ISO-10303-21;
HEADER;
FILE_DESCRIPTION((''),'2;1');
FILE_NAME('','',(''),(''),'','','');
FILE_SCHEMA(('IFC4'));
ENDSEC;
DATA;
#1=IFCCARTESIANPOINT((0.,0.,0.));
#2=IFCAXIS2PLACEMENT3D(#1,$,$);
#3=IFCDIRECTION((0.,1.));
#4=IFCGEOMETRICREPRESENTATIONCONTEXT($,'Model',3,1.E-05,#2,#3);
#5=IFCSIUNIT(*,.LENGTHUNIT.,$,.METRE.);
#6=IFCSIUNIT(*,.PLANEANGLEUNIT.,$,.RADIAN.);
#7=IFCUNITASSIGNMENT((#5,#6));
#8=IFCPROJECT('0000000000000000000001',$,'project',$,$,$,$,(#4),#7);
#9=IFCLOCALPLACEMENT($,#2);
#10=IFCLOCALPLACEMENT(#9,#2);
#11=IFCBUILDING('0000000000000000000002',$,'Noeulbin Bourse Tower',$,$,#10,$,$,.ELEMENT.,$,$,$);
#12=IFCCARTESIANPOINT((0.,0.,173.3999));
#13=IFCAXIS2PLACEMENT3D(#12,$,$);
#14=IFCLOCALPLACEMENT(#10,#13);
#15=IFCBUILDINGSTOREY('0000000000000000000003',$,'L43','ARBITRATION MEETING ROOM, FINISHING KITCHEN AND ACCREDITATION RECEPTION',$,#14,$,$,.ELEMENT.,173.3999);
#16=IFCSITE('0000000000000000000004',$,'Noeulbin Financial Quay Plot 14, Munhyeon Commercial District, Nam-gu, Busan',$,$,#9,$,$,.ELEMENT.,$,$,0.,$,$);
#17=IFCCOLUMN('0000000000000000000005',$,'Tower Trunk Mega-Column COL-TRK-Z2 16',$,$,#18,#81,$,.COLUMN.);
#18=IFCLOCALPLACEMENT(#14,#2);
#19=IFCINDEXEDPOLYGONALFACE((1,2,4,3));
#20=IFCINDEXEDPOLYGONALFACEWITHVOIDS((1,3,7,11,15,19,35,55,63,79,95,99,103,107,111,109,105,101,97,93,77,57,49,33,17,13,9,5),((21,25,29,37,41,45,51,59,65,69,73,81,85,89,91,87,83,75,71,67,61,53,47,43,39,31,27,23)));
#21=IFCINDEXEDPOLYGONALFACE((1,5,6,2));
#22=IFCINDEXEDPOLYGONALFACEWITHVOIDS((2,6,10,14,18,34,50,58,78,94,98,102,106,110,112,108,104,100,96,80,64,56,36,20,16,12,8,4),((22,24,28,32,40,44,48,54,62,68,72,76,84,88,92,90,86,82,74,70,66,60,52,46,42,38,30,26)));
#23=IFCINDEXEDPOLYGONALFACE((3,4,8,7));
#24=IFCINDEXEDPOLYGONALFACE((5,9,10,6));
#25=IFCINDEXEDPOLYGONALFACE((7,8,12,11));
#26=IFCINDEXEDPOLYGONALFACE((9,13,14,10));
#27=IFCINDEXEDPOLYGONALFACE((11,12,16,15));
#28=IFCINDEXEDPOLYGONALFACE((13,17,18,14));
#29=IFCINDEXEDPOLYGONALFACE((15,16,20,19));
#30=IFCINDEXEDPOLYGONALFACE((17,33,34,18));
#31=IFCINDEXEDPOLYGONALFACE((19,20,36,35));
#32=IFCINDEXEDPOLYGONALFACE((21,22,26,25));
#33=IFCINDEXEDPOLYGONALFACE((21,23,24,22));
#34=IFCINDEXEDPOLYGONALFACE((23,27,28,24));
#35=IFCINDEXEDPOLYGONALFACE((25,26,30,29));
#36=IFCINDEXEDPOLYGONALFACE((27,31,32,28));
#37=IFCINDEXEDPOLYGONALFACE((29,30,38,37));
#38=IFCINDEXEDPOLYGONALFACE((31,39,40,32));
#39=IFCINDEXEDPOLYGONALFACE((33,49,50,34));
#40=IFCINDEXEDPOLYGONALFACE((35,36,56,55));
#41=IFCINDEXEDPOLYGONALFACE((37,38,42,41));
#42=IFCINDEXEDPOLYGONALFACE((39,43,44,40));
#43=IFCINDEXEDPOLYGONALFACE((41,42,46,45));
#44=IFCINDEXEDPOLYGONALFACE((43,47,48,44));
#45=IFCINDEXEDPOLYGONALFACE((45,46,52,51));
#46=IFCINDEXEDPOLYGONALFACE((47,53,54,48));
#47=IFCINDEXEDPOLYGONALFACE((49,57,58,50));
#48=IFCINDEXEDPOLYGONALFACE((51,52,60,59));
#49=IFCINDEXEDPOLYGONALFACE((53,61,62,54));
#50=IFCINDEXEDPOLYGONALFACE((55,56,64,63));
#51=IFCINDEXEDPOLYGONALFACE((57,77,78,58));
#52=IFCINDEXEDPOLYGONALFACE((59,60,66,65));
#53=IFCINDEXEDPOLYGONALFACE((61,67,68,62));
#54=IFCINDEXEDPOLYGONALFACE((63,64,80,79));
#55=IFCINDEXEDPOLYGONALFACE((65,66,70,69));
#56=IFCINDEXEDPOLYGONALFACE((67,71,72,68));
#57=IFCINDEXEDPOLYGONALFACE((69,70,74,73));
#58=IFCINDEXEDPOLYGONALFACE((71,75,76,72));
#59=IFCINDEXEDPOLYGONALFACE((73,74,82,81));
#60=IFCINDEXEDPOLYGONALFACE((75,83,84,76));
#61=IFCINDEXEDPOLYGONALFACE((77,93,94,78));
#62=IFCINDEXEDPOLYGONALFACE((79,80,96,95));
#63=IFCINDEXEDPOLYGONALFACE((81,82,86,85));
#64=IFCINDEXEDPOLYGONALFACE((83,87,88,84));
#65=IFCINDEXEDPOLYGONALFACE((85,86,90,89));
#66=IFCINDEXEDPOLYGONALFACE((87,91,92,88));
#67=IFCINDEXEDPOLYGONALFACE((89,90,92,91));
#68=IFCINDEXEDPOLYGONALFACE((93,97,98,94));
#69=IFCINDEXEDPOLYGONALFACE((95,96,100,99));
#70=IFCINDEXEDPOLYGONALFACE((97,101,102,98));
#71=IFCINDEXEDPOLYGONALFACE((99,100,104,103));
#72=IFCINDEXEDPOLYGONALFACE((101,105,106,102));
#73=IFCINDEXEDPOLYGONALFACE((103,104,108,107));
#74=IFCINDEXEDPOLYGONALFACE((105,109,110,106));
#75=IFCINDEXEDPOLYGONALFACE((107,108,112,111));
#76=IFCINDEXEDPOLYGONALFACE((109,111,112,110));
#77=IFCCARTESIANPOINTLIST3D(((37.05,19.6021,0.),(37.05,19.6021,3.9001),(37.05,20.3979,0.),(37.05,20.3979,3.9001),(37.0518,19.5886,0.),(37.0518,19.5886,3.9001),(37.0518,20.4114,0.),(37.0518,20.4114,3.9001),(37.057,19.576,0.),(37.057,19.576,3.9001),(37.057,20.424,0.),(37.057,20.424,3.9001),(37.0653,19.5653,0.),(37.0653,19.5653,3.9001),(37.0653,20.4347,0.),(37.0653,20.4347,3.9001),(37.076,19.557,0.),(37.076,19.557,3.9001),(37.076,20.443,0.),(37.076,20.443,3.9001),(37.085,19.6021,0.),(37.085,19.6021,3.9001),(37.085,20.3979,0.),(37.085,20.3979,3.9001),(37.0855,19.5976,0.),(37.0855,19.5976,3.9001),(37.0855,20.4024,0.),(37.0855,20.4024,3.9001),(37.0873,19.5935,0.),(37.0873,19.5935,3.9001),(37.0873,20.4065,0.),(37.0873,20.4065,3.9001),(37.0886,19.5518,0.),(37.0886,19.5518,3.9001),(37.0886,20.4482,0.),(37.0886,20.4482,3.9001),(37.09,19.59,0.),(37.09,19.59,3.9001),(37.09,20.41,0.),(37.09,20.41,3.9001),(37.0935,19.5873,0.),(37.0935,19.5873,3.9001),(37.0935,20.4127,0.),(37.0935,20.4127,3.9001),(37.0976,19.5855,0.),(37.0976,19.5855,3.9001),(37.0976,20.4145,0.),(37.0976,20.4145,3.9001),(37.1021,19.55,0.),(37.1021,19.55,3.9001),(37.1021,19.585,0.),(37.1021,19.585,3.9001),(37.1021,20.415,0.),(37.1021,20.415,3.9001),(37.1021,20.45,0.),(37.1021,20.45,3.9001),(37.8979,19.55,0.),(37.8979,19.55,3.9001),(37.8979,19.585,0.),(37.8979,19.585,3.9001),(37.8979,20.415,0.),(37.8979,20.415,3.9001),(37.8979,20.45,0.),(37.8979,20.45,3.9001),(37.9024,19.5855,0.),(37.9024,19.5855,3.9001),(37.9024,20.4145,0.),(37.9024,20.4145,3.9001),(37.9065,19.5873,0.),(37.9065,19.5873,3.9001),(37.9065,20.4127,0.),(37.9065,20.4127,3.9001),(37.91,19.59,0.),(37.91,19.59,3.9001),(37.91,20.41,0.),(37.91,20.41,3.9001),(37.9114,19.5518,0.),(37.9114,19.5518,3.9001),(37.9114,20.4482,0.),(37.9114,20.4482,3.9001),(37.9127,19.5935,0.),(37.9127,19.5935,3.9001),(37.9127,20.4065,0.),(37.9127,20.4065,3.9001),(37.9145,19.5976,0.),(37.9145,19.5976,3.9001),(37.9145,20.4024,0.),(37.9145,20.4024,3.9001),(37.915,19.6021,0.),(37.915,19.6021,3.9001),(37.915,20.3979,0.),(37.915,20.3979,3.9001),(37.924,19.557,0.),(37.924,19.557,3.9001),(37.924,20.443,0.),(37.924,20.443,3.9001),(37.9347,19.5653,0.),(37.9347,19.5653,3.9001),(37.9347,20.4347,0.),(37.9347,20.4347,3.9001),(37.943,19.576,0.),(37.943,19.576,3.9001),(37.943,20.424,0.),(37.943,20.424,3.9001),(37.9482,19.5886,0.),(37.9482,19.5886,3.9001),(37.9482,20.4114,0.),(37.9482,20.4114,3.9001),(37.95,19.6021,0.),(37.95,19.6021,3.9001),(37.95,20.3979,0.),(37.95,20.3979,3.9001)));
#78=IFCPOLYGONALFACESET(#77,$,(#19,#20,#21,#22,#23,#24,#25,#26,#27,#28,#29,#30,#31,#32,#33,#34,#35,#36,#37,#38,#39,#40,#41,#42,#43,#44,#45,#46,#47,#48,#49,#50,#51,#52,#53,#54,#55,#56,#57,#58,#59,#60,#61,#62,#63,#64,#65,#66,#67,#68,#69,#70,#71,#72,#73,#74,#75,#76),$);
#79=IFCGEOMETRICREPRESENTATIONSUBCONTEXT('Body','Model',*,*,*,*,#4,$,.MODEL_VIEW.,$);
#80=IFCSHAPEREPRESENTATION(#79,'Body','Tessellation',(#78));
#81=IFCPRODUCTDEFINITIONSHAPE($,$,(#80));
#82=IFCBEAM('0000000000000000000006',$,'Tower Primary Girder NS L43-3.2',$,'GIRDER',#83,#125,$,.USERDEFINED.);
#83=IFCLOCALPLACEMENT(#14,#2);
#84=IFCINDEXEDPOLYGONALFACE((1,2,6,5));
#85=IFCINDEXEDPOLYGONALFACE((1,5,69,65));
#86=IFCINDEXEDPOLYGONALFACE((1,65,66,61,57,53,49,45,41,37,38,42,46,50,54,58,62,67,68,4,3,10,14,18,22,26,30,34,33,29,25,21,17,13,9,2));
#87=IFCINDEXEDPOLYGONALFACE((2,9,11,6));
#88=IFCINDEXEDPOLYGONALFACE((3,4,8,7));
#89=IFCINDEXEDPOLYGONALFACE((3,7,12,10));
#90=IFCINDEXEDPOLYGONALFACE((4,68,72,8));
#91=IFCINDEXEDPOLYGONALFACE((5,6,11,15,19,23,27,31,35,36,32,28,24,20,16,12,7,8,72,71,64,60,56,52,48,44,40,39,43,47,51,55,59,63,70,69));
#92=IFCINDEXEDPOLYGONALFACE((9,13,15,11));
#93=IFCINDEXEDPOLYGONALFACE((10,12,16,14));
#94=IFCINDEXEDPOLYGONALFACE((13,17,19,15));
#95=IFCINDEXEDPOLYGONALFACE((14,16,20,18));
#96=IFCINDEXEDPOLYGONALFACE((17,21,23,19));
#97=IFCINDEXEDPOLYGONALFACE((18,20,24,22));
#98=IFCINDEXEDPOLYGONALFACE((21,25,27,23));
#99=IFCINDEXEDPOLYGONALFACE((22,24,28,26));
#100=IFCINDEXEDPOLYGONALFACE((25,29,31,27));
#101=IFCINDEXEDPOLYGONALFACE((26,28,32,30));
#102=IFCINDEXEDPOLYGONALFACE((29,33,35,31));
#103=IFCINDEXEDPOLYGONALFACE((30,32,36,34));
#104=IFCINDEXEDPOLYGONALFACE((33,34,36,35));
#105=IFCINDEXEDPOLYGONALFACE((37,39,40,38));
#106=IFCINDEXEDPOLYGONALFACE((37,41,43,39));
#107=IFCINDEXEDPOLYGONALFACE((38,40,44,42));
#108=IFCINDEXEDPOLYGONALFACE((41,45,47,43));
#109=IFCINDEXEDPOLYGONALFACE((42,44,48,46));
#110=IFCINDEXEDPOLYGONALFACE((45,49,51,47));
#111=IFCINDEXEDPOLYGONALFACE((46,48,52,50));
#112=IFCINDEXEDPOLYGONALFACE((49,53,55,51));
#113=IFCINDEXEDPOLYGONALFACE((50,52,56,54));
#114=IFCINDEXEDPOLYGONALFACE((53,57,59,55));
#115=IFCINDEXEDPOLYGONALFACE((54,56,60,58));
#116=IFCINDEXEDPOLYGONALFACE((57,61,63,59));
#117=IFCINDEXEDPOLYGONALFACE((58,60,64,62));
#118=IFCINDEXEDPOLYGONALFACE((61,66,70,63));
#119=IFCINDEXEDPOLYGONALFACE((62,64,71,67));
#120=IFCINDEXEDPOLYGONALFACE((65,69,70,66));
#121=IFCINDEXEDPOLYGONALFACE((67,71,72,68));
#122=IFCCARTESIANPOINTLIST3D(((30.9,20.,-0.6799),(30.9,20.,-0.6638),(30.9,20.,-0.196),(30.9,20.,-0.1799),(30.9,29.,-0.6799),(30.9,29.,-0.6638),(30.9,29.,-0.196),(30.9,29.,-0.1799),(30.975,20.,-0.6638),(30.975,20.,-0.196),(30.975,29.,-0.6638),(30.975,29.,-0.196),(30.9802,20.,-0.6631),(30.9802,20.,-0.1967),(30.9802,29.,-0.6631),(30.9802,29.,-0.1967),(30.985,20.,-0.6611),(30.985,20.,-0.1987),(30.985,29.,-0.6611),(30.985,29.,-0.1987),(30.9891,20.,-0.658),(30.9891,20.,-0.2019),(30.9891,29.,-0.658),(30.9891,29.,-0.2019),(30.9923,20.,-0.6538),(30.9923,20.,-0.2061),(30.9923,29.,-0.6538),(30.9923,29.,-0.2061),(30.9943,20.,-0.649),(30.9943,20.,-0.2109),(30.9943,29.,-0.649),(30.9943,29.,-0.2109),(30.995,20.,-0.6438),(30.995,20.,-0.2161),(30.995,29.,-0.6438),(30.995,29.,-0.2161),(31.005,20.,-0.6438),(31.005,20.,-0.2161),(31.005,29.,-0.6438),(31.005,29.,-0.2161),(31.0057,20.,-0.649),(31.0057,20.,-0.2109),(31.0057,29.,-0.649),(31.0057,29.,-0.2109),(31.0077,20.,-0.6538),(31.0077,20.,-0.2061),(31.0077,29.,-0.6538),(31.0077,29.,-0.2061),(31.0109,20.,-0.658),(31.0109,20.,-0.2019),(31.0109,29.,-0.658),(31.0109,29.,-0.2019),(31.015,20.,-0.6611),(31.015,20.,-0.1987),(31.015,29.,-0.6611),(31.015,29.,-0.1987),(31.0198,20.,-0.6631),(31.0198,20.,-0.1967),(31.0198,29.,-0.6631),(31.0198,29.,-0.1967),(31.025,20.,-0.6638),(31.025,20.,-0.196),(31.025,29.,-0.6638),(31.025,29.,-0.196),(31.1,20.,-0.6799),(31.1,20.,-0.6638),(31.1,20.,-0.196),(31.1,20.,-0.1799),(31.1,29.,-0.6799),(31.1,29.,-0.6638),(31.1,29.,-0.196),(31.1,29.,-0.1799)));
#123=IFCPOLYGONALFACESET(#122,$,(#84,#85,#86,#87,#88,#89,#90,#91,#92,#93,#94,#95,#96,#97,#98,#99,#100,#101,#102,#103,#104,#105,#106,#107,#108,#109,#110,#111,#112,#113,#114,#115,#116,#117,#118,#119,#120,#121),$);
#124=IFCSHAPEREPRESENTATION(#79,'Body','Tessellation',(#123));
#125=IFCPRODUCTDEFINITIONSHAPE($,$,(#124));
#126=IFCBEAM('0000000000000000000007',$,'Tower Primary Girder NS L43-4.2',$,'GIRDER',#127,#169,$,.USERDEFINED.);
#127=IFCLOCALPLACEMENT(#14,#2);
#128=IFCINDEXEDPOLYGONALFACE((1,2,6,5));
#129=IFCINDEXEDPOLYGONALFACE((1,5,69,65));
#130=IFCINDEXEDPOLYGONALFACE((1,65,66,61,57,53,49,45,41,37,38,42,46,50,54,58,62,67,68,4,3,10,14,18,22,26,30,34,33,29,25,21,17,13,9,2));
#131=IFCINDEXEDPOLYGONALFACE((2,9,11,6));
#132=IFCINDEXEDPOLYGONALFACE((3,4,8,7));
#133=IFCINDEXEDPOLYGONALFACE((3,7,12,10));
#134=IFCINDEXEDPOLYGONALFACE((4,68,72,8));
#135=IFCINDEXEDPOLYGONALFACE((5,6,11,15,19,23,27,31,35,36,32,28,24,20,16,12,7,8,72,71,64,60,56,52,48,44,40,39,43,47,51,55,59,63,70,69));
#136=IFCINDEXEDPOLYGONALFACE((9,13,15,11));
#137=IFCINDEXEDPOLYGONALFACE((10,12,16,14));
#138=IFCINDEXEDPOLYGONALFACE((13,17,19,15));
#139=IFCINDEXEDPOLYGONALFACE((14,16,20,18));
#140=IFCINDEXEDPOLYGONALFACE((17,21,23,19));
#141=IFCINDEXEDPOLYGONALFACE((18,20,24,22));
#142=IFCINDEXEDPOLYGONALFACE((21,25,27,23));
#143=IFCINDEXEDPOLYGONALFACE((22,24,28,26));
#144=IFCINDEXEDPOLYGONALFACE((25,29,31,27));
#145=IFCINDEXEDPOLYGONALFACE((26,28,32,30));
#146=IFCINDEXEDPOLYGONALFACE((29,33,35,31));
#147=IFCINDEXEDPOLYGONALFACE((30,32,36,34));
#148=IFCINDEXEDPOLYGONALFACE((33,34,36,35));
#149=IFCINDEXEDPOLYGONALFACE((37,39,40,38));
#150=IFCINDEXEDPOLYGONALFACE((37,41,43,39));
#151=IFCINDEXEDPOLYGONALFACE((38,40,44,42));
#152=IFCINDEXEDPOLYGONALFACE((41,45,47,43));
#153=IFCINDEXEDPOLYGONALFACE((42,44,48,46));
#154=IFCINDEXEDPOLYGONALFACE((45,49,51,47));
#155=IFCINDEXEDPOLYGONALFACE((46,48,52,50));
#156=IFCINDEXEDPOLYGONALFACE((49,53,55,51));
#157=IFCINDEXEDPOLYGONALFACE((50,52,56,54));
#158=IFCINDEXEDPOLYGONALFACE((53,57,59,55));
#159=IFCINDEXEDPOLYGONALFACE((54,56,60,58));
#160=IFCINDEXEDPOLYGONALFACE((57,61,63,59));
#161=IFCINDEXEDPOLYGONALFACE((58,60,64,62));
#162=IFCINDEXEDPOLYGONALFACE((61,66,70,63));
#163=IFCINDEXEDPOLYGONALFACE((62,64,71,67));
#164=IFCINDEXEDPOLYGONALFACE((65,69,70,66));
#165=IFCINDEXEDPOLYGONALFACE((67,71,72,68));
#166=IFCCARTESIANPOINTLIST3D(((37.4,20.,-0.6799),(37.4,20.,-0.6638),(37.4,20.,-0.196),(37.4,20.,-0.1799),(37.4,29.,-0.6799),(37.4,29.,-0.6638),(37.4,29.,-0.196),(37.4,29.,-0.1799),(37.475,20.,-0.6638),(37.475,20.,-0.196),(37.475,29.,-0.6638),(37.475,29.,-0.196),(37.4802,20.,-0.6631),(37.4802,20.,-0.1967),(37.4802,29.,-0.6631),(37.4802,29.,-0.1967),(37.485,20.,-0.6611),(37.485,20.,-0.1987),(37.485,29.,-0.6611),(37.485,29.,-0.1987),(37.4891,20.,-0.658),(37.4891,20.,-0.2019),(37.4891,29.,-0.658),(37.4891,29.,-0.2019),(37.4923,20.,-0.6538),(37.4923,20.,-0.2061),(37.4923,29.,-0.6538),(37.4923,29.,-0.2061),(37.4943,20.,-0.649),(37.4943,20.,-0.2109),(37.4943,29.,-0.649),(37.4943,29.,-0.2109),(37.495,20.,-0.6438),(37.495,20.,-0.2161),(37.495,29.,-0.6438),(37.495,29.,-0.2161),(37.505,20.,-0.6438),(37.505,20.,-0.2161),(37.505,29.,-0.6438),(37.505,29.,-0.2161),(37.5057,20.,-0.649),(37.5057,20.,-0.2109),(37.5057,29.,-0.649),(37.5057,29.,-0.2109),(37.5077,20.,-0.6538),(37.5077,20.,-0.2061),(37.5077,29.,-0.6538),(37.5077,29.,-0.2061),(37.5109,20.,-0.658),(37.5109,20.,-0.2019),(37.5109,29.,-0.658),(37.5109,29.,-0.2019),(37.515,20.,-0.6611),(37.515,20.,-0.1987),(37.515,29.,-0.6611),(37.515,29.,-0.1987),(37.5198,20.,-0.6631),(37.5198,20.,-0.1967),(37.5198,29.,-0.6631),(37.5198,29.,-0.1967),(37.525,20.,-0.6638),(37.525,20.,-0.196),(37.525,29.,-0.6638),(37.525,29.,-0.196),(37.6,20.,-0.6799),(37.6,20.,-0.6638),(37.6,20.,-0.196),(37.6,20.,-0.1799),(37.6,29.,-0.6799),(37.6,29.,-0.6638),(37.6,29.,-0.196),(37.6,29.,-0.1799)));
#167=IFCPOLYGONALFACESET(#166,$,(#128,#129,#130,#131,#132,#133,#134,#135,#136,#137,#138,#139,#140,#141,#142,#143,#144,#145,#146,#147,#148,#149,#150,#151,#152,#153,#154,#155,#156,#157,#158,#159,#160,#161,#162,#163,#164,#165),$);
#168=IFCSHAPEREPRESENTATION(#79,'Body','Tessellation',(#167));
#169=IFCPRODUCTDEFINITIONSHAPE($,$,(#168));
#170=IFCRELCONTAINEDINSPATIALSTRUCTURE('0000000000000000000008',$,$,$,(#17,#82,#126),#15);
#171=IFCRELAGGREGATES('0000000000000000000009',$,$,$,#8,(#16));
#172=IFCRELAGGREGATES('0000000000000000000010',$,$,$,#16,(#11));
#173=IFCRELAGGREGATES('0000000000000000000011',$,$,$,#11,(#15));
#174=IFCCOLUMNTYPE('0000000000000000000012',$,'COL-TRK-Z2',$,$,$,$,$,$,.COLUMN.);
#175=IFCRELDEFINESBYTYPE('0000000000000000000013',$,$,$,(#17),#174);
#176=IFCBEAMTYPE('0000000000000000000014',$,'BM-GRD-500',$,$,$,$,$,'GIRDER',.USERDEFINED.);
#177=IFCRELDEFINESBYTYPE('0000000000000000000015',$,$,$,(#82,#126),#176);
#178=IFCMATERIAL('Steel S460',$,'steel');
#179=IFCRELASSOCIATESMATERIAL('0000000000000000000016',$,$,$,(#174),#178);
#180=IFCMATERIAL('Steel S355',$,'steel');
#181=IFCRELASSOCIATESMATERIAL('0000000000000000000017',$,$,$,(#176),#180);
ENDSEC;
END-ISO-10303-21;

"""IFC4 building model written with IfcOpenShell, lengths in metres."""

from ifc_helpers import new_model, si_unit, direction, frame, origin, origin_2d, place, context, subcontext, project, spatial, hollow_rectangle, i_section, extrude, material, material_profile, profile_set, type_object, element, save


model = new_model("IFC4")

# Units and contexts
model_context = context("Model", 3, precision=1e-05, world=origin(), true_north=direction((0.0, 1.0)))
body_context = subcontext(model_context, "Body", "Model", "MODEL_VIEW")
ifc_project = project(units=[si_unit("LENGTHUNIT", "METRE"), si_unit("PLANEANGLEUNIT", "RADIAN")], contexts=[model_context])

# Site, building, storey
site_placement = place(None, origin())
site = spatial("IfcSite", under=ifc_project, at=site_placement, Name="Noeulbin Financial Quay Plot 14, Munhyeon Commercial District, Nam-gu, Busan", CompositionType="ELEMENT", RefElevation=0.0)
building_placement = place(site_placement, origin())
building = spatial("IfcBuilding", under=site, at=building_placement, Name="Noeulbin Bourse Tower", CompositionType="ELEMENT")
storey_placement = place(building_placement, frame((0.0, 0.0, 173.3999)))
storey = spatial("IfcBuildingStorey", under=building, at=storey_placement, Name="L43", Description="ARBITRATION MEETING ROOM, FINISHING KITCHEN AND ACCREDITATION RECEPTION", CompositionType="ELEMENT", Elevation=173.3999)

# Column
ifc_material_1 = material(Name="Steel S460", Category="steel")
ifc_material_profile_1 = material_profile(ifc_material_1, hollow_rectangle(XDim=0.8999, YDim=0.8999, WallThickness=0.0349, InnerFilletRadius=0.0171, OuterFilletRadius=0.052, at=origin_2d()), Name="BOX-900x900x35", Category="LoadBearing")
ifc_profile_set_1 = profile_set([ifc_material_profile_1], Name="Steel S460")
column_type = type_object("IfcColumnType", Name="COL-TRK-Z2", PredefinedType="COLUMN", material=ifc_profile_set_1)
for number, where, z_axis, x_axis, name in (
    (1, (37.5, 20.0, 0.0), (0.0, 0.0, 1.0), (1.0, 0.0, 0.0), "Tower Trunk Mega-Column COL-TRK-Z2 16"),
):
    element("IfcColumn", number, at=place(storey_placement, frame(where, z_axis=z_axis, x_axis=x_axis)), inside=storey, type_object=column_type, Name=name, PredefinedType="COLUMN", context=body_context, shape_type="SweptSolid", body=[
        extrude(hollow_rectangle(XDim=0.8999, YDim=0.8999, WallThickness=0.0349, InnerFilletRadius=0.0171, OuterFilletRadius=0.052, at=origin_2d()), origin(), (0.0, 0.0, 1.0), 3.9001),
    ])

# Beams
ifc_material_2 = material(Name="Steel S355", Category="steel")
ifc_material_profile_2 = material_profile(ifc_material_2, i_section(OverallWidth=0.2, OverallDepth=0.5, WebThickness=0.01, FlangeThickness=0.0161, FilletRadius=0.02, at=origin_2d()), Name="H-500x200x10x16", Category="LoadBearing")
ifc_profile_set_2 = profile_set([ifc_material_profile_2], Name="Steel S355")
beam_type_1 = type_object("IfcBeamType", Name="BM-GRD-500", ElementType="GIRDER", PredefinedType="USERDEFINED", material=ifc_profile_set_2)
for number, where, z_axis, x_axis, name in (
    (2, (31.0, 20.0, -0.4299), (0.0, 1.0, 0.0), (-1.0, 0.0, 0.0), "Tower Primary Girder NS L43-3.2"),
    (3, (37.5, 20.0, -0.4299), (0.0, 1.0, 0.0), (-1.0, 0.0, 0.0), "Tower Primary Girder NS L43-4.2"),
):
    element("IfcBeam", number, at=place(storey_placement, frame(where, z_axis=z_axis, x_axis=x_axis)), inside=storey, type_object=beam_type_1, Name=name, ObjectType="GIRDER", PredefinedType="USERDEFINED", context=body_context, shape_type="SweptSolid", body=[
        extrude(i_section(OverallWidth=0.2, OverallDepth=0.5, WebThickness=0.01, FlangeThickness=0.0161, FilletRadius=0.02, at=origin_2d()), origin(), (0.0, 0.0, 1.0), 9.0),
    ])

save(model, "model.ifc")
